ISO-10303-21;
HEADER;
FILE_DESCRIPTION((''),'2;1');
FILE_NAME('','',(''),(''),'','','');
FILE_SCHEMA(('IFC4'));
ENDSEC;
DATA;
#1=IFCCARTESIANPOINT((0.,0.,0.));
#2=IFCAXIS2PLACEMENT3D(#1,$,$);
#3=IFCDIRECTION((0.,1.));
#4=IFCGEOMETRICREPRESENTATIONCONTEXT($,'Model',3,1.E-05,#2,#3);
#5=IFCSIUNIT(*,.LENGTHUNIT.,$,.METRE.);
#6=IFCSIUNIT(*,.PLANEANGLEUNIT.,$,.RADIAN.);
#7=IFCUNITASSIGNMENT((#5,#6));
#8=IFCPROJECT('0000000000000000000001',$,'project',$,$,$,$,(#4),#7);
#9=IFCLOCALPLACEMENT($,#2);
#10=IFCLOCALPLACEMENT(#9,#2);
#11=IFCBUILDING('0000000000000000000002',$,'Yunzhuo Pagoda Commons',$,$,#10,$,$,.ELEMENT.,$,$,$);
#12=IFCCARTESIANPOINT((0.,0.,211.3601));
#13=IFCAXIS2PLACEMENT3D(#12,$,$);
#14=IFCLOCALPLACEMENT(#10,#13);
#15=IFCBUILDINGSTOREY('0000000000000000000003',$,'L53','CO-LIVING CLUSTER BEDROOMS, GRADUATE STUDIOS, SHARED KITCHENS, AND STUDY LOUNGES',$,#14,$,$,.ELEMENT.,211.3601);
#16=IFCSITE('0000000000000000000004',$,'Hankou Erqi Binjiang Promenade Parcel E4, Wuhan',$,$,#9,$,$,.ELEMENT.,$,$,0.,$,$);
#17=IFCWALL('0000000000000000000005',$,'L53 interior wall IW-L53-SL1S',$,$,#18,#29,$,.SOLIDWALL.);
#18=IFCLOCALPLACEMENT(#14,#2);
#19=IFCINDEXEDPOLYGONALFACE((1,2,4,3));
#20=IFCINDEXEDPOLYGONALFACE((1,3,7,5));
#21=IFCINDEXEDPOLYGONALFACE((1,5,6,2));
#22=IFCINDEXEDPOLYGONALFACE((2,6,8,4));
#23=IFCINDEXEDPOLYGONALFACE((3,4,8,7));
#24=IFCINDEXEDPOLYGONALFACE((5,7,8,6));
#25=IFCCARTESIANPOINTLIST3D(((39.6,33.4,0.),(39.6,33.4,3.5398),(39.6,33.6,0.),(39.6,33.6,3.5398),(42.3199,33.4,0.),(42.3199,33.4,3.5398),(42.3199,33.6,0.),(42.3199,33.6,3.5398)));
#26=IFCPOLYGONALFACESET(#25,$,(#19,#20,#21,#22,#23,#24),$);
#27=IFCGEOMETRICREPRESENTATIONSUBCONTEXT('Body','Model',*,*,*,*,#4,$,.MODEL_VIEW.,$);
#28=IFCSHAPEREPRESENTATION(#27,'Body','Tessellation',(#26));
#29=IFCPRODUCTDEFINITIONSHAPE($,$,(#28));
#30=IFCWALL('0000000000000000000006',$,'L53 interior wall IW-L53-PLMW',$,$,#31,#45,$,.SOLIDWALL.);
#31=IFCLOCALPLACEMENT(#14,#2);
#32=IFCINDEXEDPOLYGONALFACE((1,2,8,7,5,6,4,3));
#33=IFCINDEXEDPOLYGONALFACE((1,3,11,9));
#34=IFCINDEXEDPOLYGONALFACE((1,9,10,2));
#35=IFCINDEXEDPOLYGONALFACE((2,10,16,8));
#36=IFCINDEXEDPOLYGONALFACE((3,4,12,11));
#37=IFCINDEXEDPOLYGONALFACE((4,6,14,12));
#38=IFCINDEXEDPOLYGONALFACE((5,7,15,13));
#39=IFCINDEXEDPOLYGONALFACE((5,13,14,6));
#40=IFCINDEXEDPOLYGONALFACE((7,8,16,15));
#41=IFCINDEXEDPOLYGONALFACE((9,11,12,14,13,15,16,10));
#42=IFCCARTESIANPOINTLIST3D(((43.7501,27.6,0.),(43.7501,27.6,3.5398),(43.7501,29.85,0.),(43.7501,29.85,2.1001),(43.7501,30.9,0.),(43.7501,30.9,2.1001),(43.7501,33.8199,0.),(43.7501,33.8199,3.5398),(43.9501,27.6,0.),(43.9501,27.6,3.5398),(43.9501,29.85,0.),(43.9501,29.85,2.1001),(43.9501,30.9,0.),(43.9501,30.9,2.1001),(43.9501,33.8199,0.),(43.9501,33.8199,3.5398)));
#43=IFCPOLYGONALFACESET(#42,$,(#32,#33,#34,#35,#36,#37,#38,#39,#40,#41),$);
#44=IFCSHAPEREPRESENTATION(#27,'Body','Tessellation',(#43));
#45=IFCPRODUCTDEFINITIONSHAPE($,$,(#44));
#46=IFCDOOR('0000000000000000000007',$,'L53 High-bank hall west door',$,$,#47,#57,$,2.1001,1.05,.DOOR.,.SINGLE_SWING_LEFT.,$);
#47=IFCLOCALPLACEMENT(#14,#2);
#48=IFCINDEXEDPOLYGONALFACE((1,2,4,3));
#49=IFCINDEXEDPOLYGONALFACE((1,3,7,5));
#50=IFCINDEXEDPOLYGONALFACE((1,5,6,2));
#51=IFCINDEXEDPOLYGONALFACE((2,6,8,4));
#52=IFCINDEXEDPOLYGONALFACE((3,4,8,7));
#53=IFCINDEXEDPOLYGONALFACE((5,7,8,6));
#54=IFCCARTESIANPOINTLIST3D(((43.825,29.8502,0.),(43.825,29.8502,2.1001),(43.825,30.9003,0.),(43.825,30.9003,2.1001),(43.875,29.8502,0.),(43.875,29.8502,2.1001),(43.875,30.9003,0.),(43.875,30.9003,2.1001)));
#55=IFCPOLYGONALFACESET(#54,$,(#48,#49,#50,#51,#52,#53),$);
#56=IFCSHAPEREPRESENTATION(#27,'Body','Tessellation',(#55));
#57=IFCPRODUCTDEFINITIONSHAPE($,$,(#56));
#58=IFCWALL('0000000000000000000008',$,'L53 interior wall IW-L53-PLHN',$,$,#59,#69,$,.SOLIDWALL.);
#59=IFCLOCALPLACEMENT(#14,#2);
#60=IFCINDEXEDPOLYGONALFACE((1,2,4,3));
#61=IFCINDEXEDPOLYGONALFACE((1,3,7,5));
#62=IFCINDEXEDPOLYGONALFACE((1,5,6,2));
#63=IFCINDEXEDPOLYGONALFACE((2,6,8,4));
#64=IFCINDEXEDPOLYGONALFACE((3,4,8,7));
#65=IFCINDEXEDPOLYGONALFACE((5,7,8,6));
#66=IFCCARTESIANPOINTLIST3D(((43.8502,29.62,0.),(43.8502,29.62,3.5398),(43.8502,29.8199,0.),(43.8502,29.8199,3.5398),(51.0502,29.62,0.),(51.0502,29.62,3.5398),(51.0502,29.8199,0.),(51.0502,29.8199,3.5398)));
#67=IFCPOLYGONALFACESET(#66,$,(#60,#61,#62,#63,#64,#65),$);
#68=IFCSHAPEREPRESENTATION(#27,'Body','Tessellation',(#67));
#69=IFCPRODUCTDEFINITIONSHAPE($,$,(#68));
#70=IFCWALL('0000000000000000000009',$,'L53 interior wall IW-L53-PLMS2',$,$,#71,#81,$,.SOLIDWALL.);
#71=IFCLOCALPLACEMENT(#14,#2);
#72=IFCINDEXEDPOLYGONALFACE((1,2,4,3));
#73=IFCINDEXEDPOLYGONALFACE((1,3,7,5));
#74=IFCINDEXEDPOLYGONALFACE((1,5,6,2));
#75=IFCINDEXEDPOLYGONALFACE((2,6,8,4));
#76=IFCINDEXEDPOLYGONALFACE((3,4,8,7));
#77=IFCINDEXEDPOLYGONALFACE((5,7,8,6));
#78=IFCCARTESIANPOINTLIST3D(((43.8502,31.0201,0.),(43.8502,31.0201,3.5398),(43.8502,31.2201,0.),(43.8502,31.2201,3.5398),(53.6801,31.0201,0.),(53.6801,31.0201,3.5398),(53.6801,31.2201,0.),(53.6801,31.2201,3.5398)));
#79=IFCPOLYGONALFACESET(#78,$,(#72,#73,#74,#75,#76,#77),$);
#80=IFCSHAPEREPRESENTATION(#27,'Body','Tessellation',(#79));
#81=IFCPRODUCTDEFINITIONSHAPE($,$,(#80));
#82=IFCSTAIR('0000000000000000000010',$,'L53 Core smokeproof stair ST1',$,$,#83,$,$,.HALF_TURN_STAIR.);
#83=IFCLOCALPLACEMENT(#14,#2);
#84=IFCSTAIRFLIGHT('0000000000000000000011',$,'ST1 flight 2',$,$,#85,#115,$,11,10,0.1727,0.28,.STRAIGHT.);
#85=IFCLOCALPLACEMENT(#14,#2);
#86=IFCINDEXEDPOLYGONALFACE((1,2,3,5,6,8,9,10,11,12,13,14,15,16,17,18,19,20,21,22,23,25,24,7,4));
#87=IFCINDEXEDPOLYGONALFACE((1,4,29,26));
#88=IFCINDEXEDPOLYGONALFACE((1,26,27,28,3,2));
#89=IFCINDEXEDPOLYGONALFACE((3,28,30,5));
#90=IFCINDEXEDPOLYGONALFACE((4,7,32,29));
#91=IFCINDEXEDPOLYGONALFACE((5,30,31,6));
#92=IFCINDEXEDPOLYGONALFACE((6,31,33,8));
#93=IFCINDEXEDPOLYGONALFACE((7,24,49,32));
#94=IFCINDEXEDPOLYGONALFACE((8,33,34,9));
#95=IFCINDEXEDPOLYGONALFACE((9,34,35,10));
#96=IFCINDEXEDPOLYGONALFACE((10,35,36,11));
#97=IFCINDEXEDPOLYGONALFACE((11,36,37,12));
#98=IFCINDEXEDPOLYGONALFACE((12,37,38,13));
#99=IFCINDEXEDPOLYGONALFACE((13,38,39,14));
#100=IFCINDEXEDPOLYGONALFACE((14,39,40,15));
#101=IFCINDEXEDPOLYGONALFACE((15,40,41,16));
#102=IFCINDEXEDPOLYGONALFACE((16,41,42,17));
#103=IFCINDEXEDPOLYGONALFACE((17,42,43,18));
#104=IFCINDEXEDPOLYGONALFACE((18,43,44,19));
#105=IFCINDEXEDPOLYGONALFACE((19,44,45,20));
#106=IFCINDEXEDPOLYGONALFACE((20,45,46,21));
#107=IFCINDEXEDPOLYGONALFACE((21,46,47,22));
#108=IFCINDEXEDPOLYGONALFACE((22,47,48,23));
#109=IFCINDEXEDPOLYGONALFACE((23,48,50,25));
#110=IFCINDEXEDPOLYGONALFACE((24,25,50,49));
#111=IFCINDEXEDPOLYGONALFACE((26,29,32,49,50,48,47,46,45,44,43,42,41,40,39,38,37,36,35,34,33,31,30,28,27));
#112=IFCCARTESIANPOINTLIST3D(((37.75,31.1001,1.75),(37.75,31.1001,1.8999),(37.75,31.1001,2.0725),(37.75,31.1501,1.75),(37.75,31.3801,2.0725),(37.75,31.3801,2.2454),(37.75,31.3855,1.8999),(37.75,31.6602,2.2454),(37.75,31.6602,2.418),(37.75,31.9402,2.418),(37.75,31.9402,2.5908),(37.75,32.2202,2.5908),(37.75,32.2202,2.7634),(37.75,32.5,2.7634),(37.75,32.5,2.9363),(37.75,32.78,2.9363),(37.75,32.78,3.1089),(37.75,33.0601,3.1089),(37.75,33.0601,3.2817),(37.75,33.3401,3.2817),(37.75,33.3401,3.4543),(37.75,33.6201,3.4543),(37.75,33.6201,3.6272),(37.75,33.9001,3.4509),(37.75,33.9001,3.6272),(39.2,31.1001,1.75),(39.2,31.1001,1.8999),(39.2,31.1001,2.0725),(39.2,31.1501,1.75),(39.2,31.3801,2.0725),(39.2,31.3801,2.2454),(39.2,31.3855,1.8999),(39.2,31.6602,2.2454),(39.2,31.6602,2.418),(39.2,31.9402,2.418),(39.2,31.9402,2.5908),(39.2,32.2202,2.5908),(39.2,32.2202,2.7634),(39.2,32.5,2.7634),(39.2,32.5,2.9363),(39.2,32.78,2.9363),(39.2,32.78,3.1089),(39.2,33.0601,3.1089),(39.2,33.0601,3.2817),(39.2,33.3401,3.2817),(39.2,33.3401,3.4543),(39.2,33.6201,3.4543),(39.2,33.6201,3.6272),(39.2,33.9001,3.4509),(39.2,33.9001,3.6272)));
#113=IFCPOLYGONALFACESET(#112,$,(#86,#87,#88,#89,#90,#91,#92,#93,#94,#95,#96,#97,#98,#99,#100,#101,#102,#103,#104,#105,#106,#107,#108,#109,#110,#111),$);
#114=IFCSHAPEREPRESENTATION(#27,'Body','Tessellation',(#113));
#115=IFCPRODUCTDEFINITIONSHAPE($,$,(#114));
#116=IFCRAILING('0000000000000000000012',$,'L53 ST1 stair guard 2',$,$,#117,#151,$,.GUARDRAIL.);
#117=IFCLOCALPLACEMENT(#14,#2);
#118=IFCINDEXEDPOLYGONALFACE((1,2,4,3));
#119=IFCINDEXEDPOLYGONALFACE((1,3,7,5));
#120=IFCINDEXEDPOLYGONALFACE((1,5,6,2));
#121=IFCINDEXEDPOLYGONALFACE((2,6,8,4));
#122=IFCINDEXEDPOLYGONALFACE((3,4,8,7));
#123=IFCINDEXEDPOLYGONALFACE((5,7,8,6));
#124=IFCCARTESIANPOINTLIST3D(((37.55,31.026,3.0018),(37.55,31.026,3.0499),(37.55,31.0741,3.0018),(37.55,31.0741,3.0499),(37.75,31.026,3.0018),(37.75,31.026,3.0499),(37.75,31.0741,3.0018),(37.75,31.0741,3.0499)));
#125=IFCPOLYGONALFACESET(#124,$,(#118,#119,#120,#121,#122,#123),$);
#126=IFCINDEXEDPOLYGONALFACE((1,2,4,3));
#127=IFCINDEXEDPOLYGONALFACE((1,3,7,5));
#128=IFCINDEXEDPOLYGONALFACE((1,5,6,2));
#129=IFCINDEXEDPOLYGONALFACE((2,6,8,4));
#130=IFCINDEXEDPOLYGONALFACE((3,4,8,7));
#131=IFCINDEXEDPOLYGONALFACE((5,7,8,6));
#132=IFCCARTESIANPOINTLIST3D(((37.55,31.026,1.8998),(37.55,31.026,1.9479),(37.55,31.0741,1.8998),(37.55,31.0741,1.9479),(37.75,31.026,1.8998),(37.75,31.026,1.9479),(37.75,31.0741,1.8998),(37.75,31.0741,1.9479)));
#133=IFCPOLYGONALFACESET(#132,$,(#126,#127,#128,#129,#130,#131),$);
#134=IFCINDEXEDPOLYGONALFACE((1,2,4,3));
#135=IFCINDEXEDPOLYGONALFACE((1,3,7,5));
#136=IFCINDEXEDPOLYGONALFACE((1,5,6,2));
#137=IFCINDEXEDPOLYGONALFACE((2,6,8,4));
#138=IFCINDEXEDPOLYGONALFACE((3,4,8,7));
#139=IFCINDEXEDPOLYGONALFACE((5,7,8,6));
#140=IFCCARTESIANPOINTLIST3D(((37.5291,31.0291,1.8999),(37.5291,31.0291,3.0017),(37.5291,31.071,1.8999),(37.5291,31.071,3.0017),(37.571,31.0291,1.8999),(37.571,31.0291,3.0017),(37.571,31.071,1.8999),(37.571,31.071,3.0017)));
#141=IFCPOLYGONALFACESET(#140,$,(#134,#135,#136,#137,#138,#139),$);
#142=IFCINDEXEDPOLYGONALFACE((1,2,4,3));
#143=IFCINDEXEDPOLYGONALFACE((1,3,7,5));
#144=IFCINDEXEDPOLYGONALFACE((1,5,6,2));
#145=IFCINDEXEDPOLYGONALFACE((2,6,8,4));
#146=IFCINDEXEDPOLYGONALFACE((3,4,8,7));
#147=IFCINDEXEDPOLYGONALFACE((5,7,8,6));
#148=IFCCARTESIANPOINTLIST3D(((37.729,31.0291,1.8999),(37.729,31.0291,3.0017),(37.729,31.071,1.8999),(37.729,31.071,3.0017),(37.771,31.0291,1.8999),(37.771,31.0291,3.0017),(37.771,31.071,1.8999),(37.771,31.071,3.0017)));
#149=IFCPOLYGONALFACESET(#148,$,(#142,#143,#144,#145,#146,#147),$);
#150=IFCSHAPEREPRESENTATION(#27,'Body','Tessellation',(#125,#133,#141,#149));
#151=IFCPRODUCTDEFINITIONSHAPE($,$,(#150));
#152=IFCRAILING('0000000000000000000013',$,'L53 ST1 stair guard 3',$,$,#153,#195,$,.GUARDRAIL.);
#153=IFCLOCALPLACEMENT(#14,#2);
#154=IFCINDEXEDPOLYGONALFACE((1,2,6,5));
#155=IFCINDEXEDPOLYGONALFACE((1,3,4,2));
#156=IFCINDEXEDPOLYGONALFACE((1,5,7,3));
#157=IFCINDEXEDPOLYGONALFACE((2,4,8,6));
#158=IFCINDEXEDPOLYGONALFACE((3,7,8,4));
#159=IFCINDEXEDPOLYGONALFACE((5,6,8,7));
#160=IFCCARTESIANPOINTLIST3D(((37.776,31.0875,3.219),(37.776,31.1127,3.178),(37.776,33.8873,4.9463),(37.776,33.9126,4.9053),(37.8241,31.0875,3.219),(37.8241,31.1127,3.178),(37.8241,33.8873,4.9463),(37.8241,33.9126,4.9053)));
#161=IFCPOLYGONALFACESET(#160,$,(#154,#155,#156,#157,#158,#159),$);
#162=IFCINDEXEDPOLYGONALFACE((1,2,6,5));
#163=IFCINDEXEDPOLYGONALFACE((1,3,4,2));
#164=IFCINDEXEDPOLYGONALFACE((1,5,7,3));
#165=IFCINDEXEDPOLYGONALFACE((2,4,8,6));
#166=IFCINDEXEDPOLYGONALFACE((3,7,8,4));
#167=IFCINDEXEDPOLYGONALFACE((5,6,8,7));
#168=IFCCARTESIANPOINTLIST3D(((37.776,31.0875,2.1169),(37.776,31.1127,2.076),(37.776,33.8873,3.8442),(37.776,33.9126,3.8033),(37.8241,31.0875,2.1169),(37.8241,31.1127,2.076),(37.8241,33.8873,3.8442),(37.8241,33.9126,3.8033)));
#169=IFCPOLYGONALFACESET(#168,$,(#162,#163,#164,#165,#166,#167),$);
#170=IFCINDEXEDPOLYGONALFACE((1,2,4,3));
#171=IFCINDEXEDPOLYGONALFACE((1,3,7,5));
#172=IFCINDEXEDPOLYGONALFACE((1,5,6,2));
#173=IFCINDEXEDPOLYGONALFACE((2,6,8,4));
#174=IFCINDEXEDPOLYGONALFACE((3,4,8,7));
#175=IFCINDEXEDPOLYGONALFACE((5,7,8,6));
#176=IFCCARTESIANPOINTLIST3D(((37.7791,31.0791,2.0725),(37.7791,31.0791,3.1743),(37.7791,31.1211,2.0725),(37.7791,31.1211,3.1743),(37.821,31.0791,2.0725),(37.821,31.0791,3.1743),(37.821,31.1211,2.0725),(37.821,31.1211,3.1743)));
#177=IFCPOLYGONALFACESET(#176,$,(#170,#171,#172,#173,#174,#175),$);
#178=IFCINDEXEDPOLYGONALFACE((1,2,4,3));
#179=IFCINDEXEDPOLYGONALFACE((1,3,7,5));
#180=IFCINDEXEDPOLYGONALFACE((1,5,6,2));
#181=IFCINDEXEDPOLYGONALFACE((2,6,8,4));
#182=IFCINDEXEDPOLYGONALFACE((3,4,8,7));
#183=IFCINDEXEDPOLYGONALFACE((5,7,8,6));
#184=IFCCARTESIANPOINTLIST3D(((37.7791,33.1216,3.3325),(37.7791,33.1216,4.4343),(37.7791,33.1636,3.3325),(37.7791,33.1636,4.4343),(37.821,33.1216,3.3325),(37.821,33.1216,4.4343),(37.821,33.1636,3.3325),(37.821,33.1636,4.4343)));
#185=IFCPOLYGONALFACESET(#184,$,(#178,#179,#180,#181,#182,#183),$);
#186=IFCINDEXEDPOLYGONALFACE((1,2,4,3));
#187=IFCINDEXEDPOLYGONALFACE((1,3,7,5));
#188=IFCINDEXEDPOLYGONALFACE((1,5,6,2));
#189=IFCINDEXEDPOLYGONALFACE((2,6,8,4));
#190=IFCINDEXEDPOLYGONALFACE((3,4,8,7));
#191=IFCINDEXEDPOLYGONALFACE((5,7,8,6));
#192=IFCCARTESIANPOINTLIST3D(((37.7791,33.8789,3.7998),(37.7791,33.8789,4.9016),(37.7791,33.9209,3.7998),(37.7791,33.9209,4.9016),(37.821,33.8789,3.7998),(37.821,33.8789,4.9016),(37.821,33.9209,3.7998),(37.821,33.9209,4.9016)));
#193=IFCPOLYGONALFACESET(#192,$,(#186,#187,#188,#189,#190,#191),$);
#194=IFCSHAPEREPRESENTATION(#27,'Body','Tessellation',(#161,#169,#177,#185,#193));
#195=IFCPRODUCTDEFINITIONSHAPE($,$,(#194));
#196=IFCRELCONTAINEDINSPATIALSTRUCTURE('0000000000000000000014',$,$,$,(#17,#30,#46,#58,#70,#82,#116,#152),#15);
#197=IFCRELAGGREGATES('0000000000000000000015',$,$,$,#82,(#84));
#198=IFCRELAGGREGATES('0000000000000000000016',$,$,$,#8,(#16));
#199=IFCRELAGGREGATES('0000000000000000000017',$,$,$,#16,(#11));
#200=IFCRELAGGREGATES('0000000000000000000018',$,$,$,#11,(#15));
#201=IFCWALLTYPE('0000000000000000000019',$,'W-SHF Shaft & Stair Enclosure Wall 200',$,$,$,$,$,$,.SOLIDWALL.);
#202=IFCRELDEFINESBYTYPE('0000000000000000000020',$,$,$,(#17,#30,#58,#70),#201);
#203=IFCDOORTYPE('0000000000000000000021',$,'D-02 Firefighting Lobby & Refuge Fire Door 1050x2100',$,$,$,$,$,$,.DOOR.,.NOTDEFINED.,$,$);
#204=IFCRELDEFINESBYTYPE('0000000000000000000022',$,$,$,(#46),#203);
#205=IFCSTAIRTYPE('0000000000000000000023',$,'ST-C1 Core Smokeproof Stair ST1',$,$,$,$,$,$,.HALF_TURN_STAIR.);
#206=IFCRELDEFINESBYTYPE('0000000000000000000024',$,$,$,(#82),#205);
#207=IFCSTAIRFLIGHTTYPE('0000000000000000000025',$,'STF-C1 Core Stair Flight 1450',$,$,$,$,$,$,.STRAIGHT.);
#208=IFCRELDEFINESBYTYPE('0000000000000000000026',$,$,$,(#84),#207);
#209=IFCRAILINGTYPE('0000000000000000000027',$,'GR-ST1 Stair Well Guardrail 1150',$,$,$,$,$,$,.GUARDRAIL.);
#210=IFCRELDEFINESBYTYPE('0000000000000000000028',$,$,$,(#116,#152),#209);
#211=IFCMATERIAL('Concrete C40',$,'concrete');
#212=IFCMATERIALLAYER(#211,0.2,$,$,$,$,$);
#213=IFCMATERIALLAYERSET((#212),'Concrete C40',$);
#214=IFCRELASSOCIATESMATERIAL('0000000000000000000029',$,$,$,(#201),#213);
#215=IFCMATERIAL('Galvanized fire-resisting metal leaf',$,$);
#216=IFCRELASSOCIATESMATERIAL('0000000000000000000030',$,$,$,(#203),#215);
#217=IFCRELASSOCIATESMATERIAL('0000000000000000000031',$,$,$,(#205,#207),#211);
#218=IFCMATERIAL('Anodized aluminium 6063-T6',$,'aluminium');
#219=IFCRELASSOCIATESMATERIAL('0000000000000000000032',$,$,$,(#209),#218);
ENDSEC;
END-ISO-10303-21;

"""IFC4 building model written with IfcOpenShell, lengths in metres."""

from ifc_helpers import new_model, si_unit, direction, frame, frame_2d, origin, origin_2d, place, context, subcontext, project, spatial, polyline, rectangle, outline, extrude, source, transform, mapped, material, layer, layer_set, type_object, element, fill, aggregate, save


model = new_model("IFC4")

# Units and contexts
model_context = context("Model", 3, precision=1e-05, world=origin(), true_north=direction((0.0, 1.0)))
body_context = subcontext(model_context, "Body", "Model", "MODEL_VIEW")
ifc_project = project(units=[si_unit("LENGTHUNIT", "METRE"), si_unit("PLANEANGLEUNIT", "RADIAN")], contexts=[model_context])

# Site, building, storey
site_placement = place(None, origin())
site = spatial("IfcSite", under=ifc_project, at=site_placement, Name="Hankou Erqi Binjiang Promenade Parcel E4, Wuhan", CompositionType="ELEMENT", RefElevation=0.0)
building_placement = place(site_placement, origin())
building = spatial("IfcBuilding", under=site, at=building_placement, Name="Yunzhuo Pagoda Commons", CompositionType="ELEMENT")
storey_placement = place(building_placement, frame((0.0, 0.0, 211.3601)))
storey = spatial("IfcBuildingStorey", under=building, at=storey_placement, Name="L53", Description="CO-LIVING CLUSTER BEDROOMS, GRADUATE STUDIOS, SHARED KITCHENS, AND STUDY LOUNGES", CompositionType="ELEMENT", Elevation=211.3601)

# Shared definitions
ifc_material_1 = material(Name="Galvanized fire-resisting metal leaf")

# Shared definitions
ifc_material_2 = material(Name="Concrete C40", Category="concrete")
ifc_layer_1 = layer(ifc_material_2, 0.2)
ifc_layer_set_1 = layer_set([ifc_layer_1], Name="Concrete C40")
wall_type_1 = type_object("IfcWallType", Name="W-SHF Shaft & Stair Enclosure Wall 200", PredefinedType="SOLIDWALL", material=ifc_layer_set_1)
shared_shape_1 = source(origin(), body_context, "Body", "SweptSolid", [
    extrude(rectangle(XDim=1.05, YDim=2.1001, at=frame_2d((0.5249, 1.05))), frame((0.0, 0.0249, 0.0), z_axis=(0.0, -1.0, 0.0), x_axis=(1.0, 0.0, 0.0)), (0.0, 0.0, 1.0), 0.05),
])

# Wall
wall_1_placement = place(storey_placement, frame((39.6001, 33.5, 0.0), z_axis=(0.0, 0.0, 1.0), x_axis=(1.0, 0.0, 0.0)))
element("IfcWall", 1, at=wall_1_placement, inside=storey, type_object=wall_type_1, Name="L53 interior wall IW-L53-SL1S", PredefinedType="SOLIDWALL", context=body_context, shape_type="SweptSolid", body=[
    extrude(rectangle(XDim=2.72, YDim=0.2, at=frame_2d((1.3599, 0.0))), origin(), (0.0, 0.0, 1.0), 3.5398),
])

# Wall, opening, door
wall_2_placement = place(storey_placement, frame((43.8501, 27.6001, 0.0), z_axis=(0.0, 0.0, 1.0), x_axis=(0.0, 1.0, 0.0)))
wall_2 = element("IfcWall", 2, at=wall_2_placement, inside=storey, type_object=wall_type_1, Name="L53 interior wall IW-L53-PLMW", PredefinedType="SOLIDWALL", context=body_context, shape_type="SweptSolid", body=[
    extrude(rectangle(XDim=6.22, YDim=0.2, at=frame_2d((3.1099, 0.0))), origin(), (0.0, 0.0, 1.0), 3.5398),
])
opening_1_placement = place(wall_2_placement, frame((2.25, 0.0, 0.0)))
opening_1 = element("IfcOpeningElement", 3, at=opening_1_placement, cuts=wall_2, PredefinedType="OPENING", context=body_context, shape_type="SweptSolid", body=[
    extrude(rectangle(XDim=1.05, YDim=2.1001, at=frame_2d((0.5249, 1.05))), frame((0.0, 0.1099, 0.0), z_axis=(0.0, -1.0, 0.0), x_axis=(1.0, 0.0, 0.0)), (0.0, 0.0, 1.0), 0.22),
])
door_type_1 = type_object("IfcDoorType", Name="D-02 Firefighting Lobby & Refuge Fire Door 1050x2100", OperationType="NOTDEFINED", PredefinedType="DOOR", material=ifc_material_1)
door_1_placement = place(opening_1_placement, frame((1.05, 0.0, 0.0), z_axis=(0.0, 0.0, 1.0), x_axis=(-1.0, 0.0, 0.0)))
door_1 = element("IfcDoor", 4, at=door_1_placement, inside=storey, type_object=door_type_1, Name="L53 High-bank hall west door", OperationType="SINGLE_SWING_LEFT", OverallHeight=2.1001, OverallWidth=1.05, PredefinedType="DOOR", context=body_context, shape_type="MappedRepresentation", body=[
    mapped(shared_shape_1, transform((0.0, 0.0, 0.0), scale=1.0)),
])
fill(opening_1, door_1)

# Walls
wall_3_placement = place(storey_placement, frame((43.8501, 29.72, 0.0), z_axis=(0.0, 0.0, 1.0), x_axis=(1.0, 0.0, 0.0)))
element("IfcWall", 5, at=wall_3_placement, inside=storey, type_object=wall_type_1, Name="L53 interior wall IW-L53-PLHN", PredefinedType="SOLIDWALL", context=body_context, shape_type="SweptSolid", body=[
    extrude(rectangle(XDim=7.2, YDim=0.2, at=frame_2d((3.6001, 0.0))), origin(), (0.0, 0.0, 1.0), 3.5398),
])
wall_4_placement = place(storey_placement, frame((43.8501, 31.1201, 0.0), z_axis=(0.0, 0.0, 1.0), x_axis=(1.0, 0.0, 0.0)))
element("IfcWall", 6, at=wall_4_placement, inside=storey, type_object=wall_type_1, Name="L53 interior wall IW-L53-PLMS2", PredefinedType="SOLIDWALL", context=body_context, shape_type="SweptSolid", body=[
    extrude(rectangle(XDim=9.8298, YDim=0.2, at=frame_2d((4.915, 0.0))), origin(), (0.0, 0.0, 1.0), 3.5398),
])

# Stair, stair flight
stair_type = type_object("IfcStairType", Name="ST-C1 Core Smokeproof Stair ST1", PredefinedType="HALF_TURN_STAIR", material=ifc_material_2)
stair_placement = place(storey_placement, origin())
stair = element("IfcStair", 7, at=stair_placement, inside=storey, type_object=stair_type, Name="L53 Core smokeproof stair ST1", PredefinedType="HALF_TURN_STAIR")
stair_flight_type = type_object("IfcStairFlightType", Name="STF-C1 Core Stair Flight 1450", PredefinedType="STRAIGHT", material=ifc_material_2)
shared_shape_2 = source(origin(), body_context, "Body", "SweptSolid", [
    extrude(outline(polyline([(0.0, -0.1499), (0.0, 0.0), (0.0, 0.1726), (0.28, 0.1726), (0.28, 0.3455), (0.5601, 0.3455), (0.5601, 0.5181), (0.8401, 0.5181), (0.8401, 0.6909), (1.1201, 0.6909), (1.1201, 0.8635), (1.3999, 0.8635), (1.3999, 1.0364), (1.6799, 1.0364), (1.6799, 1.209), (1.96, 1.209), (1.96, 1.3818), (2.24, 1.3818), (2.24, 1.5544), (2.52, 1.5544), (2.52, 1.7273), (2.8, 1.7273), (2.8, 1.8999), (2.8, 1.551), (0.2854, 0.0), (0.05, -0.1499), (0.0, -0.1499)])), frame((0.0, 0.7251, 0.0), z_axis=(0.0, -1.0, 0.0), x_axis=(1.0, 0.0, 0.0)), (0.0, 0.0, 1.0), 1.45),
])
stair_flight_placement = place(storey_placement, frame((38.4751, 31.1001, 1.8999), z_axis=(0.0, 0.0, 1.0), x_axis=(0.0, 1.0, 0.0)))
stair_flight = element("IfcStairFlight", 8, at=stair_flight_placement, type_object=stair_flight_type, Name="ST1 flight 2", NumberOfRisers=11, NumberOfTreads=10, PredefinedType="STRAIGHT", RiserHeight=0.1727, TreadLength=0.28, context=body_context, shape_type="MappedRepresentation", body=[
    mapped(shared_shape_2, transform((0.0, 0.0, 0.0), scale=1.0)),
])
aggregate(stair, [stair_flight])

# Railings
ifc_material_3 = material(Name="Anodized aluminium 6063-T6", Category="aluminium")
railing_type_1 = type_object("IfcRailingType", Name="GR-ST1 Stair Well Guardrail 1150", PredefinedType="GUARDRAIL", material=ifc_material_3)
railing_1_placement = place(storey_placement, frame((37.55, 31.05, 1.8999)))
element("IfcRailing", 9, at=railing_1_placement, inside=storey, type_object=railing_type_1, Name="L53 ST1 stair guard 2", PredefinedType="GUARDRAIL", context=body_context, shape_type="SweptSolid", body=[
    extrude(rectangle(XDim=0.0481, YDim=0.0481, at=origin_2d()), frame((0.0, 0.0, 1.126), z_axis=(1.0, 0.0, 0.0), x_axis=(0.0, 1.0, 0.0)), (0.0, 0.0, 1.0), 0.2),
    extrude(rectangle(XDim=0.0481, YDim=0.0481, at=origin_2d()), frame((0.0, 0.0, 0.0239), z_axis=(1.0, 0.0, 0.0), x_axis=(0.0, 1.0, 0.0)), (0.0, 0.0, 1.0), 0.2),
    extrude(rectangle(XDim=0.042, YDim=0.042, at=origin_2d()), origin(), (0.0, 0.0, 1.0), 1.1018),
    extrude(rectangle(XDim=0.042, YDim=0.042, at=origin_2d()), frame((0.2, 0.0, 0.0)), (0.0, 0.0, 1.0), 1.1018),
])
railing_2_placement = place(storey_placement, frame((37.8, 31.1001, 2.0725)))
element("IfcRailing", 10, at=railing_2_placement, inside=storey, type_object=railing_type_1, Name="L53 ST1 stair guard 3", PredefinedType="GUARDRAIL", context=body_context, shape_type="SweptSolid", body=[
    extrude(rectangle(XDim=0.0481, YDim=0.0481, at=origin_2d()), frame((0.0, 0.0, 1.126), z_axis=(0.0, 0.851069, 0.525054), x_axis=(-1.0, 0.0, 0.0)), (0.0, 0.0, 1.0), 3.2898),
    extrude(rectangle(XDim=0.0481, YDim=0.0481, at=origin_2d()), frame((0.0, 0.0, 0.0239), z_axis=(0.0, 0.851069, 0.525054), x_axis=(-1.0, 0.0, 0.0)), (0.0, 0.0, 1.0), 3.2898),
    extrude(rectangle(XDim=0.042, YDim=0.042, at=origin_2d()), origin(), (0.0, 0.0, 1.0), 1.1018),
    extrude(rectangle(XDim=0.042, YDim=0.042, at=origin_2d()), frame((0.0, 2.0425, 1.26)), (0.0, 0.0, 1.0), 1.1018),
    extrude(rectangle(XDim=0.042, YDim=0.042, at=origin_2d()), frame((0.0, 2.7998, 1.7273)), (0.0, 0.0, 1.0), 1.1018),
])

save(model, "model.ifc")
